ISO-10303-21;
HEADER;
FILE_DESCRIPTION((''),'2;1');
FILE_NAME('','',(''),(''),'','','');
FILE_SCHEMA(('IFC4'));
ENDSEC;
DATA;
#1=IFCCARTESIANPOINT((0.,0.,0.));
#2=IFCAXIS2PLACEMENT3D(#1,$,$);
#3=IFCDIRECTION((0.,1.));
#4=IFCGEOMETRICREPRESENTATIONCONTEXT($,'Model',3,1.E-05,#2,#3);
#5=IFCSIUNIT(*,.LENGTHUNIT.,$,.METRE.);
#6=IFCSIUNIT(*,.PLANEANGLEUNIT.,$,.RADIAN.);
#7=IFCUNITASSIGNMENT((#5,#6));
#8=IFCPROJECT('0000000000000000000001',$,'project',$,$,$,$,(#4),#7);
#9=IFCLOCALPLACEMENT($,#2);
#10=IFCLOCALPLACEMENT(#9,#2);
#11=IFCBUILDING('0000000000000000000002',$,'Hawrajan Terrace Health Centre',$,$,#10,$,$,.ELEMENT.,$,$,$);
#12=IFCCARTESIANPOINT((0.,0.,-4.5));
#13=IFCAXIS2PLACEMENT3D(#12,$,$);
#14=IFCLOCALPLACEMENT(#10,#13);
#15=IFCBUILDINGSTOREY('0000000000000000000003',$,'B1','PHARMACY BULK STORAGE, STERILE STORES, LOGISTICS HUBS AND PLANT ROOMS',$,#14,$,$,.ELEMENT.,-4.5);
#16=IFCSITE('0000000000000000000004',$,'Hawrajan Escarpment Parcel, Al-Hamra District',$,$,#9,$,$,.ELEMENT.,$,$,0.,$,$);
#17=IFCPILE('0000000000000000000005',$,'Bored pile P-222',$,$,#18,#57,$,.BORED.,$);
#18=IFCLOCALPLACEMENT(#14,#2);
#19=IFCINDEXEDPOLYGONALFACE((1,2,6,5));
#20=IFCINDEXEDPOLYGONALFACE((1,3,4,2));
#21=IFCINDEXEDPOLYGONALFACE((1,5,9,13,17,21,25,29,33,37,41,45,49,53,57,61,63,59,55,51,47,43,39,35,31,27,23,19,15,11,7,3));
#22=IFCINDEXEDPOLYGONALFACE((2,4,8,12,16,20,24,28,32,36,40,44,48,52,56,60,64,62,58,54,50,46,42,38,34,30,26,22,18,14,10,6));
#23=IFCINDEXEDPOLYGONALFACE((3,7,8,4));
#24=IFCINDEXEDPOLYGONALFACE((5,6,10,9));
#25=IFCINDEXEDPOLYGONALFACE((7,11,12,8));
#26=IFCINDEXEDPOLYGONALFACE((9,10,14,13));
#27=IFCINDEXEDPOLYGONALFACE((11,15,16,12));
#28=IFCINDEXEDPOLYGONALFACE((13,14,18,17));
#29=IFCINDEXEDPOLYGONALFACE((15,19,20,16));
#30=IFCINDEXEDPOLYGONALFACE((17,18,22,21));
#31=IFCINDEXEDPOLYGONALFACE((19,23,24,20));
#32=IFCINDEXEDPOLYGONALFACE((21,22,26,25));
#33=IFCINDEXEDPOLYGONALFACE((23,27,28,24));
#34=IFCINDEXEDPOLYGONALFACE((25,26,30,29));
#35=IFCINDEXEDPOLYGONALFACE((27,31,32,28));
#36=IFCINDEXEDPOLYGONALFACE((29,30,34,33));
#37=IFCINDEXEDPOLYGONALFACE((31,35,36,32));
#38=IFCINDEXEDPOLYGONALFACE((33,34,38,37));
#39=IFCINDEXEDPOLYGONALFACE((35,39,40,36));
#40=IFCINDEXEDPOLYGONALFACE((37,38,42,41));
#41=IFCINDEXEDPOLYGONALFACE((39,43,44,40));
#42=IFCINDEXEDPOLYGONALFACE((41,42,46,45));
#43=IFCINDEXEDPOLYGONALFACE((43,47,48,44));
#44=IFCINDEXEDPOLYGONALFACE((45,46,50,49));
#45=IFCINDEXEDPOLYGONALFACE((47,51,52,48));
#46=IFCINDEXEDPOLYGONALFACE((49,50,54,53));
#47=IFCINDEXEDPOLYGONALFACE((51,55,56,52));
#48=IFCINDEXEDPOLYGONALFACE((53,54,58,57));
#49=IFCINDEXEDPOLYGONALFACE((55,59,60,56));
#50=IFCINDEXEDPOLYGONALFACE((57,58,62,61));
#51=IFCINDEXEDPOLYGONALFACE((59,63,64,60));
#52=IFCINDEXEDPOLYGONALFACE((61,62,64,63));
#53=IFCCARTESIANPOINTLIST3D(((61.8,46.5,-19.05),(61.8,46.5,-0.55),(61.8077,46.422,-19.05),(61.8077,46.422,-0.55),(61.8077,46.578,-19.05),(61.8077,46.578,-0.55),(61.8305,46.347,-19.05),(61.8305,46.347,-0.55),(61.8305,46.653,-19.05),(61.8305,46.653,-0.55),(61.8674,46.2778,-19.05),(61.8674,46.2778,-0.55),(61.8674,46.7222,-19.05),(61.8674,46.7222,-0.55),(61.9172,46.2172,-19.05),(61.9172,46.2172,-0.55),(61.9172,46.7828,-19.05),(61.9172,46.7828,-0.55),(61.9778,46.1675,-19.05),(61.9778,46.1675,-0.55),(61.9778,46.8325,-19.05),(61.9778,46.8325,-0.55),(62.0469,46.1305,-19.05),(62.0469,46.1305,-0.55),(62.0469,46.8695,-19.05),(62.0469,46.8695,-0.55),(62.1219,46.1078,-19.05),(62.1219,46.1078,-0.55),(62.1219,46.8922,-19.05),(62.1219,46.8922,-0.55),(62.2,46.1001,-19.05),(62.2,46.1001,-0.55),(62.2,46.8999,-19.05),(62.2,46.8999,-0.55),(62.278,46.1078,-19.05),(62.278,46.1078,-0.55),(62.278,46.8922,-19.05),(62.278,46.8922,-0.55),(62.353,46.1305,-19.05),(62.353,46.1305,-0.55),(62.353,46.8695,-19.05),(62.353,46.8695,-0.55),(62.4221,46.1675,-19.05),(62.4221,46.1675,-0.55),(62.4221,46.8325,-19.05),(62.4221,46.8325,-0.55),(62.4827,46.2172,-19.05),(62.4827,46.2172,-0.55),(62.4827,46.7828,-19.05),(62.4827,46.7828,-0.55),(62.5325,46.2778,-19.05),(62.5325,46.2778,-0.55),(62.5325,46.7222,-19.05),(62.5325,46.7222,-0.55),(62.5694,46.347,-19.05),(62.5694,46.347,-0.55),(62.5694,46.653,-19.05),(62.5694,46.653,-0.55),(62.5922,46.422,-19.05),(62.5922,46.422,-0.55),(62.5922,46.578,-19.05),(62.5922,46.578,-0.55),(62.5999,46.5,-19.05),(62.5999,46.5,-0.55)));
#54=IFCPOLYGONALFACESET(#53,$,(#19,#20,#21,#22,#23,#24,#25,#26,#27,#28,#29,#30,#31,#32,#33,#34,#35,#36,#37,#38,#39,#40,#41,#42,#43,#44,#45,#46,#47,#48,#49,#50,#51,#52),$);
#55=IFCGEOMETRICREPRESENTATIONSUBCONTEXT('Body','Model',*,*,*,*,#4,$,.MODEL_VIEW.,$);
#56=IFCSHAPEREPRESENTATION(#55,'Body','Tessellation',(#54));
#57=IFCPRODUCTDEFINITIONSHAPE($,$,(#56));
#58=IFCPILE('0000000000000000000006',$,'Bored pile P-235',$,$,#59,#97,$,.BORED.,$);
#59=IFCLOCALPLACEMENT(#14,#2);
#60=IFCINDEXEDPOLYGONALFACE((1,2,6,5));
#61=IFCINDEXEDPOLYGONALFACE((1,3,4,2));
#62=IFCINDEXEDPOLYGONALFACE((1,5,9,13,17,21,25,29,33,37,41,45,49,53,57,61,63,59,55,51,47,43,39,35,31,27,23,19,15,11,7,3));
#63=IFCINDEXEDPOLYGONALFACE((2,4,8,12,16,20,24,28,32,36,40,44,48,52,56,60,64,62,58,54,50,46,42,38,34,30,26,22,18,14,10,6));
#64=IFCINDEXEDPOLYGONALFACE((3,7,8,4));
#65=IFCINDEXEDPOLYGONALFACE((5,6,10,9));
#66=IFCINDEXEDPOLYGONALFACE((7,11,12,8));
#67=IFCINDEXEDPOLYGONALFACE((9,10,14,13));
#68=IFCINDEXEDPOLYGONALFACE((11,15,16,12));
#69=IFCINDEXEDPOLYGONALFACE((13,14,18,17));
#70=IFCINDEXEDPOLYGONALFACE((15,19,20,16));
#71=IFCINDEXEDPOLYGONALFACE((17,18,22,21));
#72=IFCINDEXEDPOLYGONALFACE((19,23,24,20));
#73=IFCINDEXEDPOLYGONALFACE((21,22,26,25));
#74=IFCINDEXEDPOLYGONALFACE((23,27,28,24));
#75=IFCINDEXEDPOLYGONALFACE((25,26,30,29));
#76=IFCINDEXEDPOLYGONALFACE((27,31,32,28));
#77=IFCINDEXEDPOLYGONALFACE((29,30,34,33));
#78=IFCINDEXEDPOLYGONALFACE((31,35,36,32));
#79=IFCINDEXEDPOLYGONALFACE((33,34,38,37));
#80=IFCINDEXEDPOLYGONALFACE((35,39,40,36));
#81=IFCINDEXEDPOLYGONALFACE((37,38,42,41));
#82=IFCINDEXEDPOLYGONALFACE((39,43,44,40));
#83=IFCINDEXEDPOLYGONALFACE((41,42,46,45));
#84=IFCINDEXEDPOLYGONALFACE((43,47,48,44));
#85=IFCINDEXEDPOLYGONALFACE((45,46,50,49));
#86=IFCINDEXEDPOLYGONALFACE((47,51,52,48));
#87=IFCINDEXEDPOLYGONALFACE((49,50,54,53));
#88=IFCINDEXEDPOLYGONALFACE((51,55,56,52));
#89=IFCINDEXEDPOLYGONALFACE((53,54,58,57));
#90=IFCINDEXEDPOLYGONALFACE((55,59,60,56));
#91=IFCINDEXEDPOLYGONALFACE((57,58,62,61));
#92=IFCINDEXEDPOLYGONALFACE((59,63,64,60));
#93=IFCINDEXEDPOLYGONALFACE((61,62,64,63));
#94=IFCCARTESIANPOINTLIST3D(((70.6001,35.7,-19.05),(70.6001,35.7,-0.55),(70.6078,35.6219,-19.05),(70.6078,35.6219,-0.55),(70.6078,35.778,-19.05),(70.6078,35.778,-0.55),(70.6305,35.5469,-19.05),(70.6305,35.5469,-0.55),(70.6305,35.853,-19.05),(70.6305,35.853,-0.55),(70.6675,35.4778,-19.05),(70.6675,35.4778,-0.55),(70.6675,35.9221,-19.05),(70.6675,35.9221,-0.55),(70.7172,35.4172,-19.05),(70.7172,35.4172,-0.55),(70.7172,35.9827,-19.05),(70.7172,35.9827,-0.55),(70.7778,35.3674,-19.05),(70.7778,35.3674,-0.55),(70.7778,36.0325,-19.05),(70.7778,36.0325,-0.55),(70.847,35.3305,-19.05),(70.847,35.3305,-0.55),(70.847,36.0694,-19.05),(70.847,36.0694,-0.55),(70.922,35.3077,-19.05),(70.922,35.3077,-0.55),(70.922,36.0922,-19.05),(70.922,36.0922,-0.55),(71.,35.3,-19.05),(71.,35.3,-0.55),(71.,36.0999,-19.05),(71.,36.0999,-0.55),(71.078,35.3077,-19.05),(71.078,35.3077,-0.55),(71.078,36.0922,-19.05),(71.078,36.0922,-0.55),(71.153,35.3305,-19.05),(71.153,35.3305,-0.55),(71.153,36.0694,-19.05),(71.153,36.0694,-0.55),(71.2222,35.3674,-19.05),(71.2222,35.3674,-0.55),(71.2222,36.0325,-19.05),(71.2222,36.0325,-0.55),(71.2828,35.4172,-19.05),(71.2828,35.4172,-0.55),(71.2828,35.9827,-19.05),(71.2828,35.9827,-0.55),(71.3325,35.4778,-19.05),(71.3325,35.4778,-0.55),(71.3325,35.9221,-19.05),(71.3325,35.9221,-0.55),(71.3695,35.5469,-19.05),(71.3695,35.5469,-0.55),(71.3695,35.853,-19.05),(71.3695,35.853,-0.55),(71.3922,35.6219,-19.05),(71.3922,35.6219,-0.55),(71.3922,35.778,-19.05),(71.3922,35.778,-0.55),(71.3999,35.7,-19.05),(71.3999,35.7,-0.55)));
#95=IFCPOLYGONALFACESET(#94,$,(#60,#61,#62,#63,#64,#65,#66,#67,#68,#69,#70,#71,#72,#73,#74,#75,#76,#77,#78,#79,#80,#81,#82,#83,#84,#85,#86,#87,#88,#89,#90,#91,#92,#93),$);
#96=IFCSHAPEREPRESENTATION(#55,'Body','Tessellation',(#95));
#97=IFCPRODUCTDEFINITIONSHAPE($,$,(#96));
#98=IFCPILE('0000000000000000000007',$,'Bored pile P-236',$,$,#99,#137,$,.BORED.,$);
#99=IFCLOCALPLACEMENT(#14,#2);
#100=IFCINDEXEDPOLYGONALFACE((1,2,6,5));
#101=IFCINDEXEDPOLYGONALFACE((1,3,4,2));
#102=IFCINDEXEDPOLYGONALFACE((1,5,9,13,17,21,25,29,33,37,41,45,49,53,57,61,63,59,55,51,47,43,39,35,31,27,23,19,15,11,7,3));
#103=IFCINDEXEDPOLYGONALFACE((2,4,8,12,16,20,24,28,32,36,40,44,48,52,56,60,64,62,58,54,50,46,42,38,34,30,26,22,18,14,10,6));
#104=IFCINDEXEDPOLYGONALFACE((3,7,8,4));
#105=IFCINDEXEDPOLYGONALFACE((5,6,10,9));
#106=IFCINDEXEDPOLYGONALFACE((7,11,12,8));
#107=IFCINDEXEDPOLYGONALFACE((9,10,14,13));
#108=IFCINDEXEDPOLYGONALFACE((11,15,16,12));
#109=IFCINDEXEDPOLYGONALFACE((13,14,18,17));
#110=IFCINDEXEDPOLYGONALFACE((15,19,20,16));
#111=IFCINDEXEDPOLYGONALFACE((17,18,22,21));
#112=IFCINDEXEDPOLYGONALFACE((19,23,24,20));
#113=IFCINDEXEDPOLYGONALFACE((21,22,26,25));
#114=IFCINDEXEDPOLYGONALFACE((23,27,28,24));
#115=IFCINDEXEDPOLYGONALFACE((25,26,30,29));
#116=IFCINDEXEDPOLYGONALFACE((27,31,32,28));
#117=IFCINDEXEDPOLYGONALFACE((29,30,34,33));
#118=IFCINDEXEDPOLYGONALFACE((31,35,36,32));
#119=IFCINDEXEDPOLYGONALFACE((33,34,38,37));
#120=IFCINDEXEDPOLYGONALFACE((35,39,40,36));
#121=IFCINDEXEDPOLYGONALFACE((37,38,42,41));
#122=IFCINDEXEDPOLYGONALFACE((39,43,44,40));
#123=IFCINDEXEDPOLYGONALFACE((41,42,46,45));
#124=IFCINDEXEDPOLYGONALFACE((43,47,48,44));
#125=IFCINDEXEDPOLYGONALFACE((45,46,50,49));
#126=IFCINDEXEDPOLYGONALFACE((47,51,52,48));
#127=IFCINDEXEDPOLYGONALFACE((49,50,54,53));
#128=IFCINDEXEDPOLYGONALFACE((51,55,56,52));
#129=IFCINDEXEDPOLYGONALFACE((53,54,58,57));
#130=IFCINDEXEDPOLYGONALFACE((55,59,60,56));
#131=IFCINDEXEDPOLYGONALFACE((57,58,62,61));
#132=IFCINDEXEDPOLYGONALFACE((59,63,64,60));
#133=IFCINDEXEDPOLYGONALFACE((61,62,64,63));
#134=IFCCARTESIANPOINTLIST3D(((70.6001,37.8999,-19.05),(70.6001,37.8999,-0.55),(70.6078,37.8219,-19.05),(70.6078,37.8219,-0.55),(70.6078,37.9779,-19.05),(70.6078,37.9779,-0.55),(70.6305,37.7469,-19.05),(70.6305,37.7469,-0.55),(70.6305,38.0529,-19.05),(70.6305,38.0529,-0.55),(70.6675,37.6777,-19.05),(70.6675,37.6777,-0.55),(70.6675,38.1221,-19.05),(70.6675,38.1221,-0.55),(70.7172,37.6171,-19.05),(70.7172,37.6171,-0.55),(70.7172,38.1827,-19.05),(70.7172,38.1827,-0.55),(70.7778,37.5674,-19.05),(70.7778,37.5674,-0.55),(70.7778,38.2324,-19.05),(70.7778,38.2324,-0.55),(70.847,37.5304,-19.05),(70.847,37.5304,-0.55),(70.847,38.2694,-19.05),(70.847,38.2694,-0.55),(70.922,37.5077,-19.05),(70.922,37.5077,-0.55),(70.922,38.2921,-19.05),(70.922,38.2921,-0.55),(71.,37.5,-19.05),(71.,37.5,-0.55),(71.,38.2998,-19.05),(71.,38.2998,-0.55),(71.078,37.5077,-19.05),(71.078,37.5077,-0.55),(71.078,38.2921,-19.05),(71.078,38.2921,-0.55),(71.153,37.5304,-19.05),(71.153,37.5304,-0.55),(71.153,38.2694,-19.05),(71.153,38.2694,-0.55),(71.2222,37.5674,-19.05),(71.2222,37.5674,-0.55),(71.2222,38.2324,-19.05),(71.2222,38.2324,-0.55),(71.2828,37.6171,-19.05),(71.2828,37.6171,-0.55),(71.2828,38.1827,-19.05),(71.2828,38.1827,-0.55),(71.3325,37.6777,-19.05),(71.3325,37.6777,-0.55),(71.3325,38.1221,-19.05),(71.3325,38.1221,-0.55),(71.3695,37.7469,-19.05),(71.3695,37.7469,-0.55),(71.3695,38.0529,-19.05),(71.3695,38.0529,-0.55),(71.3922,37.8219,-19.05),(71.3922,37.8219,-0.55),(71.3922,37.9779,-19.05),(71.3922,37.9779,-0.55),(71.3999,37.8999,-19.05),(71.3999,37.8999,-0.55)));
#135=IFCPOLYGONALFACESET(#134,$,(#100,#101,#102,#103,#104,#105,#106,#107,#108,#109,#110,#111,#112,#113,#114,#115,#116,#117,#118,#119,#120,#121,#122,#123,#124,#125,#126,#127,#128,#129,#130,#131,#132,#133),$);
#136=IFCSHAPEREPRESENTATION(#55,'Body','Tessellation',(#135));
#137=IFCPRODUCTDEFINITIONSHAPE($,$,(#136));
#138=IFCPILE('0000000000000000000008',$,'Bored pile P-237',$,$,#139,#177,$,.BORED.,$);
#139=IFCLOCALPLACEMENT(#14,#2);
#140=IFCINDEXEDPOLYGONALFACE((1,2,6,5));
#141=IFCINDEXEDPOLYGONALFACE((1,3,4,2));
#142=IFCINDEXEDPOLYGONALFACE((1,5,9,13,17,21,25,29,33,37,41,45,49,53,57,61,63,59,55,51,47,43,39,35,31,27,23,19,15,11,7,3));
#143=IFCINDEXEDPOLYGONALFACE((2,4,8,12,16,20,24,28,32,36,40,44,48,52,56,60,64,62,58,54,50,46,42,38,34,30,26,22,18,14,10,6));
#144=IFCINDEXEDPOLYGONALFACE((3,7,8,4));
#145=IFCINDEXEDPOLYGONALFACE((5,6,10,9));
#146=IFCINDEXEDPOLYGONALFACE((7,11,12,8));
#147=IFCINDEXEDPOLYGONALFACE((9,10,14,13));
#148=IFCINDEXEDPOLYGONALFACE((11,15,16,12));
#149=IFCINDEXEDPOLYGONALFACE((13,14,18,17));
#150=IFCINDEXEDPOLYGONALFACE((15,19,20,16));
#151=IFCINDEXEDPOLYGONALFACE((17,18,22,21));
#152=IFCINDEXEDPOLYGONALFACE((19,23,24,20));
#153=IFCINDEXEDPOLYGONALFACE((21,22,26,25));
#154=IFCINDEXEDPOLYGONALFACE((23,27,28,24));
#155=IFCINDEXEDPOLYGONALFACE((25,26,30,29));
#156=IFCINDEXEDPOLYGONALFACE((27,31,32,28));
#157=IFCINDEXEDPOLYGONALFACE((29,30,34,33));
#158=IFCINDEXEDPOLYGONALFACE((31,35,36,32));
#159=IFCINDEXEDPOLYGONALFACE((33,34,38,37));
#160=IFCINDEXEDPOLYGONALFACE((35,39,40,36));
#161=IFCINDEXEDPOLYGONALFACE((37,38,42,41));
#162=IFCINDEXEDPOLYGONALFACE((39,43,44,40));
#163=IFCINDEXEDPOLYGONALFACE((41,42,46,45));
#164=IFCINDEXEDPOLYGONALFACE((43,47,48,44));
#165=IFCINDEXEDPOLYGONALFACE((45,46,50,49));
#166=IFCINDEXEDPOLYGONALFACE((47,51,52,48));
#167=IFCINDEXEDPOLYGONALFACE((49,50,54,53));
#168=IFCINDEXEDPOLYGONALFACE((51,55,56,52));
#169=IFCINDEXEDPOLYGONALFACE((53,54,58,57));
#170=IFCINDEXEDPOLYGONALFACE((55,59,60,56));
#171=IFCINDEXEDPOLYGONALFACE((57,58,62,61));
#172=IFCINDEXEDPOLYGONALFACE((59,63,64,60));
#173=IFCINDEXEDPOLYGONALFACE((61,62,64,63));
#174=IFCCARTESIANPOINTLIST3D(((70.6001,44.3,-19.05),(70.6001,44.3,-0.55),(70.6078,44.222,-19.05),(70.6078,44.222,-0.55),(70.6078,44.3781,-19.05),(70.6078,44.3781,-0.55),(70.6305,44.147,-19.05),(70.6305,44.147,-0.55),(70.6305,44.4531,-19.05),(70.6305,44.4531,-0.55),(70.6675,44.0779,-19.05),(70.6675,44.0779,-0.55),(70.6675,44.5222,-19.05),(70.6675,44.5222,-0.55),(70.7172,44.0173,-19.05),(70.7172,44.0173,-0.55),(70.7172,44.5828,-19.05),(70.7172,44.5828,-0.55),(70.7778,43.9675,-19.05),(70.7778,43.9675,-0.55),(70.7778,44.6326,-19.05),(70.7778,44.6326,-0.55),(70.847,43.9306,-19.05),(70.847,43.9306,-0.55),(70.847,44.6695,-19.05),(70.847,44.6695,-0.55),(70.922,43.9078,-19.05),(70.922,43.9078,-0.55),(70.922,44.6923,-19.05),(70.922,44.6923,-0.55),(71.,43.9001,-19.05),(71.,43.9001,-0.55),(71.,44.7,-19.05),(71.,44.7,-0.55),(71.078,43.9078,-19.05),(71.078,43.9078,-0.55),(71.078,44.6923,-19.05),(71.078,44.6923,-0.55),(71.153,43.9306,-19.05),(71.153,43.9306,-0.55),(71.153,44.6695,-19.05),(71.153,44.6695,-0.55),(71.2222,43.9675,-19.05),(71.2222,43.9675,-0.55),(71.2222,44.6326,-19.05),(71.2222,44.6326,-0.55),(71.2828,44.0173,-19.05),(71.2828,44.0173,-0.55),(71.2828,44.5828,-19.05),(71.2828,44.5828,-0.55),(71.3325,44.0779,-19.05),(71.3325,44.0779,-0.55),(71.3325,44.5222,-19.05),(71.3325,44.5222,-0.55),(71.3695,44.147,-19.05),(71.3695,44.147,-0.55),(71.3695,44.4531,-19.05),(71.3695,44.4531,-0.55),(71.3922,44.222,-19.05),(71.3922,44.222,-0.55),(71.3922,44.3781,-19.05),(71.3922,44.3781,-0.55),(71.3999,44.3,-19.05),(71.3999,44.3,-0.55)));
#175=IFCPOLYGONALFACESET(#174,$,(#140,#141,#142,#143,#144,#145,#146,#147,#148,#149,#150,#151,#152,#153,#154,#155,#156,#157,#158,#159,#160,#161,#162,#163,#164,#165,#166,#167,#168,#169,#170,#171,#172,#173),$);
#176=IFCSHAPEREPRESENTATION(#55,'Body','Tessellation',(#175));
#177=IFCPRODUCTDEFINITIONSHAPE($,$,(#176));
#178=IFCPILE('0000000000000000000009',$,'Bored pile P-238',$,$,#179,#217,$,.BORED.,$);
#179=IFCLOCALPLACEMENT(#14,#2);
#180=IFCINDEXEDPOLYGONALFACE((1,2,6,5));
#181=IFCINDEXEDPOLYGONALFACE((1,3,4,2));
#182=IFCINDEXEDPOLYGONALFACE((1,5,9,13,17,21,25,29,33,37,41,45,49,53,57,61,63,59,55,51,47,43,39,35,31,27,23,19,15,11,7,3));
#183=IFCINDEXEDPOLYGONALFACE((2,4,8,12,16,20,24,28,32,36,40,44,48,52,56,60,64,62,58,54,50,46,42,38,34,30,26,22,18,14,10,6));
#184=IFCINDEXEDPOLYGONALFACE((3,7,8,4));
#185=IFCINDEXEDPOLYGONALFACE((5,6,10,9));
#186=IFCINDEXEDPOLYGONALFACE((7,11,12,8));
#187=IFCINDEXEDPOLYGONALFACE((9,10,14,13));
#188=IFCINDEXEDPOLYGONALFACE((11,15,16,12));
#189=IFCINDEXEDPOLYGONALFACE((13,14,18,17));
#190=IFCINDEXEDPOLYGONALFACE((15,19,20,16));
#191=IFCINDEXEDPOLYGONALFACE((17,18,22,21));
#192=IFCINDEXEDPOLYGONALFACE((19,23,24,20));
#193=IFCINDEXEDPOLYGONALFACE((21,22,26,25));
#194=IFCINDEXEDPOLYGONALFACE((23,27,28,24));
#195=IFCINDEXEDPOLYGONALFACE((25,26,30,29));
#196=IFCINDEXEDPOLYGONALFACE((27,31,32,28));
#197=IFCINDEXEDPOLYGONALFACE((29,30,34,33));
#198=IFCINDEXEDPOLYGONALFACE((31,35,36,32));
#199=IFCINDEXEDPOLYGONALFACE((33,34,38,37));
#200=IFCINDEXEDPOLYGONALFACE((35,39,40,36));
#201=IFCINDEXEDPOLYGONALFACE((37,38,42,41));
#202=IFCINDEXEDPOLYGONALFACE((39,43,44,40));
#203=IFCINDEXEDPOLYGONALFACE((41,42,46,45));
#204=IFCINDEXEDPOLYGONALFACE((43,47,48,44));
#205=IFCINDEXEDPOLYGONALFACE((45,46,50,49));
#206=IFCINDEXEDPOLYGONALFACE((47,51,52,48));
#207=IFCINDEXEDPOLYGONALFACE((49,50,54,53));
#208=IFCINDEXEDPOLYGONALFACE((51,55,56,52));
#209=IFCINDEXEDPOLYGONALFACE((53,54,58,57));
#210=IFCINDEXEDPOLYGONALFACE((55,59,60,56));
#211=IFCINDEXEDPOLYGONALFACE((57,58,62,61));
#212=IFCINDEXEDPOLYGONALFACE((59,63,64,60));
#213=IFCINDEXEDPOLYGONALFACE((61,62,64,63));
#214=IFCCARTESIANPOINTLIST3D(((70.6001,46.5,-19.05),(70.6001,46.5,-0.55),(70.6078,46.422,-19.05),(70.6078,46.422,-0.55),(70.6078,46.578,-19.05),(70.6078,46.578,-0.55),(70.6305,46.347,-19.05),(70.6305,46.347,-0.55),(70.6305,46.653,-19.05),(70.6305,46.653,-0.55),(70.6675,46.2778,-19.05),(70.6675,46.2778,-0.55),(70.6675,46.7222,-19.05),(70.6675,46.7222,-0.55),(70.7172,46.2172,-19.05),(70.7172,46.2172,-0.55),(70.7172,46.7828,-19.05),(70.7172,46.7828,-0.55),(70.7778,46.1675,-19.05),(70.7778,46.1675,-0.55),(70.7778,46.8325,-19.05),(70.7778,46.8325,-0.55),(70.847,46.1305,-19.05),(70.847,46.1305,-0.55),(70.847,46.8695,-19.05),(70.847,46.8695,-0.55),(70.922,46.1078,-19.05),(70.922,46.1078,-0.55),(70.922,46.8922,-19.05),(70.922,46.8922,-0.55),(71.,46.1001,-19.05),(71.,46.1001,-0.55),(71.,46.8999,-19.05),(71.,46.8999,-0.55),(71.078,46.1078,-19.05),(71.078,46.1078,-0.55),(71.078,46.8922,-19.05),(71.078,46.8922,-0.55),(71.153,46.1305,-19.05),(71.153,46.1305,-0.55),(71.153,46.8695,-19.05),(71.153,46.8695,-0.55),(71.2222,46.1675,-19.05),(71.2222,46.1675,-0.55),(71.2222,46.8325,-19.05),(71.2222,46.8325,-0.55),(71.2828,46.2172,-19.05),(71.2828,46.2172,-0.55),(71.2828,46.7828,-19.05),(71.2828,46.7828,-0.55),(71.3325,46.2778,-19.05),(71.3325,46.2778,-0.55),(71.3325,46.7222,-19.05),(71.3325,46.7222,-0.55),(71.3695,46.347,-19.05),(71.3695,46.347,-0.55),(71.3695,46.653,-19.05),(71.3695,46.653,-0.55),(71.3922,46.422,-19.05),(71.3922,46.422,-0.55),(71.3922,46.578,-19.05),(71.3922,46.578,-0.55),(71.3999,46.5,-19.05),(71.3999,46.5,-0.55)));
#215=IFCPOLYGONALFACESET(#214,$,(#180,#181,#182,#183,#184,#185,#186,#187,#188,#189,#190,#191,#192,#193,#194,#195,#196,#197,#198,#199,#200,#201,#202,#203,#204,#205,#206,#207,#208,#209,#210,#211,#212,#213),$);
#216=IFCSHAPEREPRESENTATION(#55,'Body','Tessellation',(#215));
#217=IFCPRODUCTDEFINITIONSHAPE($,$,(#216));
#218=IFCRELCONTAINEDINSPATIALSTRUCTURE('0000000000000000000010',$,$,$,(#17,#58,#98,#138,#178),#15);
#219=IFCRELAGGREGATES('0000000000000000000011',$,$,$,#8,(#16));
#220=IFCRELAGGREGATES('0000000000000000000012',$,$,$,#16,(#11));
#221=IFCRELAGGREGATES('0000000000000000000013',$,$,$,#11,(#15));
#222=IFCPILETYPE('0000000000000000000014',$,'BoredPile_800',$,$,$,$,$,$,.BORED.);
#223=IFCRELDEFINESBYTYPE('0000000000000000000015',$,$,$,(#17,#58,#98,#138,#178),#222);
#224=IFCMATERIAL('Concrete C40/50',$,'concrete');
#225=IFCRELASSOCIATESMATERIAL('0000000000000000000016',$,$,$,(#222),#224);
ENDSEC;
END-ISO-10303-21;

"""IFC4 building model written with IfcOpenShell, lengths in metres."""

from ifc_helpers import new_model, si_unit, direction, frame, origin, origin_2d, place, context, subcontext, project, spatial, circle, extrude, material, material_profile, profile_set, type_object, element, save


model = new_model("IFC4")

# Units and contexts
model_context = context("Model", 3, precision=1e-05, world=origin(), true_north=direction((0.0, 1.0)))
body_context = subcontext(model_context, "Body", "Model", "MODEL_VIEW")
ifc_project = project(units=[si_unit("LENGTHUNIT", "METRE"), si_unit("PLANEANGLEUNIT", "RADIAN")], contexts=[model_context])

# Site, building, storey
site_placement = place(None, origin())
site = spatial("IfcSite", under=ifc_project, at=site_placement, Name="Hawrajan Escarpment Parcel, Al-Hamra District", CompositionType="ELEMENT", RefElevation=0.0)
building_placement = place(site_placement, origin())
building = spatial("IfcBuilding", under=site, at=building_placement, Name="Hawrajan Terrace Health Centre", CompositionType="ELEMENT")
storey_placement = place(building_placement, frame((0.0, 0.0, -4.5)))
storey = spatial("IfcBuildingStorey", under=building, at=storey_placement, Name="B1", Description="PHARMACY BULK STORAGE, STERILE STORES, LOGISTICS HUBS AND PLANT ROOMS", CompositionType="ELEMENT", Elevation=-4.5)

# Piles
ifc_material_1 = material(Name="Concrete C40/50", Category="concrete")
ifc_material_profile_1 = material_profile(ifc_material_1, circle(Radius=0.3999, at=origin_2d()), Name="BP 800")
ifc_profile_set_1 = profile_set([ifc_material_profile_1], Name="Concrete C40/50")
pile_type = type_object("IfcPileType", Name="BoredPile_800", PredefinedType="BORED", material=ifc_profile_set_1)
for number, where, z_axis, x_axis, name in (
    (1, (62.2, 46.5, -0.55), (0.0, 0.0, -1.0), (1.0, 0.0, 0.0), "Bored pile P-222"),
    (2, (71.0, 35.7, -0.55), (0.0, 0.0, -1.0), (1.0, 0.0, 0.0), "Bored pile P-235"),
    (3, (71.0, 37.8999, -0.55), (0.0, 0.0, -1.0), (1.0, 0.0, 0.0), "Bored pile P-236"),
    (4, (71.0, 44.3, -0.55), (0.0, 0.0, -1.0), (1.0, 0.0, 0.0), "Bored pile P-237"),
    (5, (71.0, 46.5, -0.55), (0.0, 0.0, -1.0), (1.0, 0.0, 0.0), "Bored pile P-238"),
):
    element("IfcPile", number, at=place(storey_placement, frame(where, z_axis=z_axis, x_axis=x_axis)), inside=storey, type_object=pile_type, Name=name, PredefinedType="BORED", context=body_context, shape_type="SweptSolid", body=[
        extrude(circle(Radius=0.3999, at=origin_2d()), origin(), (0.0, 0.0, 1.0), 18.5),
    ])

save(model, "model.ifc")
